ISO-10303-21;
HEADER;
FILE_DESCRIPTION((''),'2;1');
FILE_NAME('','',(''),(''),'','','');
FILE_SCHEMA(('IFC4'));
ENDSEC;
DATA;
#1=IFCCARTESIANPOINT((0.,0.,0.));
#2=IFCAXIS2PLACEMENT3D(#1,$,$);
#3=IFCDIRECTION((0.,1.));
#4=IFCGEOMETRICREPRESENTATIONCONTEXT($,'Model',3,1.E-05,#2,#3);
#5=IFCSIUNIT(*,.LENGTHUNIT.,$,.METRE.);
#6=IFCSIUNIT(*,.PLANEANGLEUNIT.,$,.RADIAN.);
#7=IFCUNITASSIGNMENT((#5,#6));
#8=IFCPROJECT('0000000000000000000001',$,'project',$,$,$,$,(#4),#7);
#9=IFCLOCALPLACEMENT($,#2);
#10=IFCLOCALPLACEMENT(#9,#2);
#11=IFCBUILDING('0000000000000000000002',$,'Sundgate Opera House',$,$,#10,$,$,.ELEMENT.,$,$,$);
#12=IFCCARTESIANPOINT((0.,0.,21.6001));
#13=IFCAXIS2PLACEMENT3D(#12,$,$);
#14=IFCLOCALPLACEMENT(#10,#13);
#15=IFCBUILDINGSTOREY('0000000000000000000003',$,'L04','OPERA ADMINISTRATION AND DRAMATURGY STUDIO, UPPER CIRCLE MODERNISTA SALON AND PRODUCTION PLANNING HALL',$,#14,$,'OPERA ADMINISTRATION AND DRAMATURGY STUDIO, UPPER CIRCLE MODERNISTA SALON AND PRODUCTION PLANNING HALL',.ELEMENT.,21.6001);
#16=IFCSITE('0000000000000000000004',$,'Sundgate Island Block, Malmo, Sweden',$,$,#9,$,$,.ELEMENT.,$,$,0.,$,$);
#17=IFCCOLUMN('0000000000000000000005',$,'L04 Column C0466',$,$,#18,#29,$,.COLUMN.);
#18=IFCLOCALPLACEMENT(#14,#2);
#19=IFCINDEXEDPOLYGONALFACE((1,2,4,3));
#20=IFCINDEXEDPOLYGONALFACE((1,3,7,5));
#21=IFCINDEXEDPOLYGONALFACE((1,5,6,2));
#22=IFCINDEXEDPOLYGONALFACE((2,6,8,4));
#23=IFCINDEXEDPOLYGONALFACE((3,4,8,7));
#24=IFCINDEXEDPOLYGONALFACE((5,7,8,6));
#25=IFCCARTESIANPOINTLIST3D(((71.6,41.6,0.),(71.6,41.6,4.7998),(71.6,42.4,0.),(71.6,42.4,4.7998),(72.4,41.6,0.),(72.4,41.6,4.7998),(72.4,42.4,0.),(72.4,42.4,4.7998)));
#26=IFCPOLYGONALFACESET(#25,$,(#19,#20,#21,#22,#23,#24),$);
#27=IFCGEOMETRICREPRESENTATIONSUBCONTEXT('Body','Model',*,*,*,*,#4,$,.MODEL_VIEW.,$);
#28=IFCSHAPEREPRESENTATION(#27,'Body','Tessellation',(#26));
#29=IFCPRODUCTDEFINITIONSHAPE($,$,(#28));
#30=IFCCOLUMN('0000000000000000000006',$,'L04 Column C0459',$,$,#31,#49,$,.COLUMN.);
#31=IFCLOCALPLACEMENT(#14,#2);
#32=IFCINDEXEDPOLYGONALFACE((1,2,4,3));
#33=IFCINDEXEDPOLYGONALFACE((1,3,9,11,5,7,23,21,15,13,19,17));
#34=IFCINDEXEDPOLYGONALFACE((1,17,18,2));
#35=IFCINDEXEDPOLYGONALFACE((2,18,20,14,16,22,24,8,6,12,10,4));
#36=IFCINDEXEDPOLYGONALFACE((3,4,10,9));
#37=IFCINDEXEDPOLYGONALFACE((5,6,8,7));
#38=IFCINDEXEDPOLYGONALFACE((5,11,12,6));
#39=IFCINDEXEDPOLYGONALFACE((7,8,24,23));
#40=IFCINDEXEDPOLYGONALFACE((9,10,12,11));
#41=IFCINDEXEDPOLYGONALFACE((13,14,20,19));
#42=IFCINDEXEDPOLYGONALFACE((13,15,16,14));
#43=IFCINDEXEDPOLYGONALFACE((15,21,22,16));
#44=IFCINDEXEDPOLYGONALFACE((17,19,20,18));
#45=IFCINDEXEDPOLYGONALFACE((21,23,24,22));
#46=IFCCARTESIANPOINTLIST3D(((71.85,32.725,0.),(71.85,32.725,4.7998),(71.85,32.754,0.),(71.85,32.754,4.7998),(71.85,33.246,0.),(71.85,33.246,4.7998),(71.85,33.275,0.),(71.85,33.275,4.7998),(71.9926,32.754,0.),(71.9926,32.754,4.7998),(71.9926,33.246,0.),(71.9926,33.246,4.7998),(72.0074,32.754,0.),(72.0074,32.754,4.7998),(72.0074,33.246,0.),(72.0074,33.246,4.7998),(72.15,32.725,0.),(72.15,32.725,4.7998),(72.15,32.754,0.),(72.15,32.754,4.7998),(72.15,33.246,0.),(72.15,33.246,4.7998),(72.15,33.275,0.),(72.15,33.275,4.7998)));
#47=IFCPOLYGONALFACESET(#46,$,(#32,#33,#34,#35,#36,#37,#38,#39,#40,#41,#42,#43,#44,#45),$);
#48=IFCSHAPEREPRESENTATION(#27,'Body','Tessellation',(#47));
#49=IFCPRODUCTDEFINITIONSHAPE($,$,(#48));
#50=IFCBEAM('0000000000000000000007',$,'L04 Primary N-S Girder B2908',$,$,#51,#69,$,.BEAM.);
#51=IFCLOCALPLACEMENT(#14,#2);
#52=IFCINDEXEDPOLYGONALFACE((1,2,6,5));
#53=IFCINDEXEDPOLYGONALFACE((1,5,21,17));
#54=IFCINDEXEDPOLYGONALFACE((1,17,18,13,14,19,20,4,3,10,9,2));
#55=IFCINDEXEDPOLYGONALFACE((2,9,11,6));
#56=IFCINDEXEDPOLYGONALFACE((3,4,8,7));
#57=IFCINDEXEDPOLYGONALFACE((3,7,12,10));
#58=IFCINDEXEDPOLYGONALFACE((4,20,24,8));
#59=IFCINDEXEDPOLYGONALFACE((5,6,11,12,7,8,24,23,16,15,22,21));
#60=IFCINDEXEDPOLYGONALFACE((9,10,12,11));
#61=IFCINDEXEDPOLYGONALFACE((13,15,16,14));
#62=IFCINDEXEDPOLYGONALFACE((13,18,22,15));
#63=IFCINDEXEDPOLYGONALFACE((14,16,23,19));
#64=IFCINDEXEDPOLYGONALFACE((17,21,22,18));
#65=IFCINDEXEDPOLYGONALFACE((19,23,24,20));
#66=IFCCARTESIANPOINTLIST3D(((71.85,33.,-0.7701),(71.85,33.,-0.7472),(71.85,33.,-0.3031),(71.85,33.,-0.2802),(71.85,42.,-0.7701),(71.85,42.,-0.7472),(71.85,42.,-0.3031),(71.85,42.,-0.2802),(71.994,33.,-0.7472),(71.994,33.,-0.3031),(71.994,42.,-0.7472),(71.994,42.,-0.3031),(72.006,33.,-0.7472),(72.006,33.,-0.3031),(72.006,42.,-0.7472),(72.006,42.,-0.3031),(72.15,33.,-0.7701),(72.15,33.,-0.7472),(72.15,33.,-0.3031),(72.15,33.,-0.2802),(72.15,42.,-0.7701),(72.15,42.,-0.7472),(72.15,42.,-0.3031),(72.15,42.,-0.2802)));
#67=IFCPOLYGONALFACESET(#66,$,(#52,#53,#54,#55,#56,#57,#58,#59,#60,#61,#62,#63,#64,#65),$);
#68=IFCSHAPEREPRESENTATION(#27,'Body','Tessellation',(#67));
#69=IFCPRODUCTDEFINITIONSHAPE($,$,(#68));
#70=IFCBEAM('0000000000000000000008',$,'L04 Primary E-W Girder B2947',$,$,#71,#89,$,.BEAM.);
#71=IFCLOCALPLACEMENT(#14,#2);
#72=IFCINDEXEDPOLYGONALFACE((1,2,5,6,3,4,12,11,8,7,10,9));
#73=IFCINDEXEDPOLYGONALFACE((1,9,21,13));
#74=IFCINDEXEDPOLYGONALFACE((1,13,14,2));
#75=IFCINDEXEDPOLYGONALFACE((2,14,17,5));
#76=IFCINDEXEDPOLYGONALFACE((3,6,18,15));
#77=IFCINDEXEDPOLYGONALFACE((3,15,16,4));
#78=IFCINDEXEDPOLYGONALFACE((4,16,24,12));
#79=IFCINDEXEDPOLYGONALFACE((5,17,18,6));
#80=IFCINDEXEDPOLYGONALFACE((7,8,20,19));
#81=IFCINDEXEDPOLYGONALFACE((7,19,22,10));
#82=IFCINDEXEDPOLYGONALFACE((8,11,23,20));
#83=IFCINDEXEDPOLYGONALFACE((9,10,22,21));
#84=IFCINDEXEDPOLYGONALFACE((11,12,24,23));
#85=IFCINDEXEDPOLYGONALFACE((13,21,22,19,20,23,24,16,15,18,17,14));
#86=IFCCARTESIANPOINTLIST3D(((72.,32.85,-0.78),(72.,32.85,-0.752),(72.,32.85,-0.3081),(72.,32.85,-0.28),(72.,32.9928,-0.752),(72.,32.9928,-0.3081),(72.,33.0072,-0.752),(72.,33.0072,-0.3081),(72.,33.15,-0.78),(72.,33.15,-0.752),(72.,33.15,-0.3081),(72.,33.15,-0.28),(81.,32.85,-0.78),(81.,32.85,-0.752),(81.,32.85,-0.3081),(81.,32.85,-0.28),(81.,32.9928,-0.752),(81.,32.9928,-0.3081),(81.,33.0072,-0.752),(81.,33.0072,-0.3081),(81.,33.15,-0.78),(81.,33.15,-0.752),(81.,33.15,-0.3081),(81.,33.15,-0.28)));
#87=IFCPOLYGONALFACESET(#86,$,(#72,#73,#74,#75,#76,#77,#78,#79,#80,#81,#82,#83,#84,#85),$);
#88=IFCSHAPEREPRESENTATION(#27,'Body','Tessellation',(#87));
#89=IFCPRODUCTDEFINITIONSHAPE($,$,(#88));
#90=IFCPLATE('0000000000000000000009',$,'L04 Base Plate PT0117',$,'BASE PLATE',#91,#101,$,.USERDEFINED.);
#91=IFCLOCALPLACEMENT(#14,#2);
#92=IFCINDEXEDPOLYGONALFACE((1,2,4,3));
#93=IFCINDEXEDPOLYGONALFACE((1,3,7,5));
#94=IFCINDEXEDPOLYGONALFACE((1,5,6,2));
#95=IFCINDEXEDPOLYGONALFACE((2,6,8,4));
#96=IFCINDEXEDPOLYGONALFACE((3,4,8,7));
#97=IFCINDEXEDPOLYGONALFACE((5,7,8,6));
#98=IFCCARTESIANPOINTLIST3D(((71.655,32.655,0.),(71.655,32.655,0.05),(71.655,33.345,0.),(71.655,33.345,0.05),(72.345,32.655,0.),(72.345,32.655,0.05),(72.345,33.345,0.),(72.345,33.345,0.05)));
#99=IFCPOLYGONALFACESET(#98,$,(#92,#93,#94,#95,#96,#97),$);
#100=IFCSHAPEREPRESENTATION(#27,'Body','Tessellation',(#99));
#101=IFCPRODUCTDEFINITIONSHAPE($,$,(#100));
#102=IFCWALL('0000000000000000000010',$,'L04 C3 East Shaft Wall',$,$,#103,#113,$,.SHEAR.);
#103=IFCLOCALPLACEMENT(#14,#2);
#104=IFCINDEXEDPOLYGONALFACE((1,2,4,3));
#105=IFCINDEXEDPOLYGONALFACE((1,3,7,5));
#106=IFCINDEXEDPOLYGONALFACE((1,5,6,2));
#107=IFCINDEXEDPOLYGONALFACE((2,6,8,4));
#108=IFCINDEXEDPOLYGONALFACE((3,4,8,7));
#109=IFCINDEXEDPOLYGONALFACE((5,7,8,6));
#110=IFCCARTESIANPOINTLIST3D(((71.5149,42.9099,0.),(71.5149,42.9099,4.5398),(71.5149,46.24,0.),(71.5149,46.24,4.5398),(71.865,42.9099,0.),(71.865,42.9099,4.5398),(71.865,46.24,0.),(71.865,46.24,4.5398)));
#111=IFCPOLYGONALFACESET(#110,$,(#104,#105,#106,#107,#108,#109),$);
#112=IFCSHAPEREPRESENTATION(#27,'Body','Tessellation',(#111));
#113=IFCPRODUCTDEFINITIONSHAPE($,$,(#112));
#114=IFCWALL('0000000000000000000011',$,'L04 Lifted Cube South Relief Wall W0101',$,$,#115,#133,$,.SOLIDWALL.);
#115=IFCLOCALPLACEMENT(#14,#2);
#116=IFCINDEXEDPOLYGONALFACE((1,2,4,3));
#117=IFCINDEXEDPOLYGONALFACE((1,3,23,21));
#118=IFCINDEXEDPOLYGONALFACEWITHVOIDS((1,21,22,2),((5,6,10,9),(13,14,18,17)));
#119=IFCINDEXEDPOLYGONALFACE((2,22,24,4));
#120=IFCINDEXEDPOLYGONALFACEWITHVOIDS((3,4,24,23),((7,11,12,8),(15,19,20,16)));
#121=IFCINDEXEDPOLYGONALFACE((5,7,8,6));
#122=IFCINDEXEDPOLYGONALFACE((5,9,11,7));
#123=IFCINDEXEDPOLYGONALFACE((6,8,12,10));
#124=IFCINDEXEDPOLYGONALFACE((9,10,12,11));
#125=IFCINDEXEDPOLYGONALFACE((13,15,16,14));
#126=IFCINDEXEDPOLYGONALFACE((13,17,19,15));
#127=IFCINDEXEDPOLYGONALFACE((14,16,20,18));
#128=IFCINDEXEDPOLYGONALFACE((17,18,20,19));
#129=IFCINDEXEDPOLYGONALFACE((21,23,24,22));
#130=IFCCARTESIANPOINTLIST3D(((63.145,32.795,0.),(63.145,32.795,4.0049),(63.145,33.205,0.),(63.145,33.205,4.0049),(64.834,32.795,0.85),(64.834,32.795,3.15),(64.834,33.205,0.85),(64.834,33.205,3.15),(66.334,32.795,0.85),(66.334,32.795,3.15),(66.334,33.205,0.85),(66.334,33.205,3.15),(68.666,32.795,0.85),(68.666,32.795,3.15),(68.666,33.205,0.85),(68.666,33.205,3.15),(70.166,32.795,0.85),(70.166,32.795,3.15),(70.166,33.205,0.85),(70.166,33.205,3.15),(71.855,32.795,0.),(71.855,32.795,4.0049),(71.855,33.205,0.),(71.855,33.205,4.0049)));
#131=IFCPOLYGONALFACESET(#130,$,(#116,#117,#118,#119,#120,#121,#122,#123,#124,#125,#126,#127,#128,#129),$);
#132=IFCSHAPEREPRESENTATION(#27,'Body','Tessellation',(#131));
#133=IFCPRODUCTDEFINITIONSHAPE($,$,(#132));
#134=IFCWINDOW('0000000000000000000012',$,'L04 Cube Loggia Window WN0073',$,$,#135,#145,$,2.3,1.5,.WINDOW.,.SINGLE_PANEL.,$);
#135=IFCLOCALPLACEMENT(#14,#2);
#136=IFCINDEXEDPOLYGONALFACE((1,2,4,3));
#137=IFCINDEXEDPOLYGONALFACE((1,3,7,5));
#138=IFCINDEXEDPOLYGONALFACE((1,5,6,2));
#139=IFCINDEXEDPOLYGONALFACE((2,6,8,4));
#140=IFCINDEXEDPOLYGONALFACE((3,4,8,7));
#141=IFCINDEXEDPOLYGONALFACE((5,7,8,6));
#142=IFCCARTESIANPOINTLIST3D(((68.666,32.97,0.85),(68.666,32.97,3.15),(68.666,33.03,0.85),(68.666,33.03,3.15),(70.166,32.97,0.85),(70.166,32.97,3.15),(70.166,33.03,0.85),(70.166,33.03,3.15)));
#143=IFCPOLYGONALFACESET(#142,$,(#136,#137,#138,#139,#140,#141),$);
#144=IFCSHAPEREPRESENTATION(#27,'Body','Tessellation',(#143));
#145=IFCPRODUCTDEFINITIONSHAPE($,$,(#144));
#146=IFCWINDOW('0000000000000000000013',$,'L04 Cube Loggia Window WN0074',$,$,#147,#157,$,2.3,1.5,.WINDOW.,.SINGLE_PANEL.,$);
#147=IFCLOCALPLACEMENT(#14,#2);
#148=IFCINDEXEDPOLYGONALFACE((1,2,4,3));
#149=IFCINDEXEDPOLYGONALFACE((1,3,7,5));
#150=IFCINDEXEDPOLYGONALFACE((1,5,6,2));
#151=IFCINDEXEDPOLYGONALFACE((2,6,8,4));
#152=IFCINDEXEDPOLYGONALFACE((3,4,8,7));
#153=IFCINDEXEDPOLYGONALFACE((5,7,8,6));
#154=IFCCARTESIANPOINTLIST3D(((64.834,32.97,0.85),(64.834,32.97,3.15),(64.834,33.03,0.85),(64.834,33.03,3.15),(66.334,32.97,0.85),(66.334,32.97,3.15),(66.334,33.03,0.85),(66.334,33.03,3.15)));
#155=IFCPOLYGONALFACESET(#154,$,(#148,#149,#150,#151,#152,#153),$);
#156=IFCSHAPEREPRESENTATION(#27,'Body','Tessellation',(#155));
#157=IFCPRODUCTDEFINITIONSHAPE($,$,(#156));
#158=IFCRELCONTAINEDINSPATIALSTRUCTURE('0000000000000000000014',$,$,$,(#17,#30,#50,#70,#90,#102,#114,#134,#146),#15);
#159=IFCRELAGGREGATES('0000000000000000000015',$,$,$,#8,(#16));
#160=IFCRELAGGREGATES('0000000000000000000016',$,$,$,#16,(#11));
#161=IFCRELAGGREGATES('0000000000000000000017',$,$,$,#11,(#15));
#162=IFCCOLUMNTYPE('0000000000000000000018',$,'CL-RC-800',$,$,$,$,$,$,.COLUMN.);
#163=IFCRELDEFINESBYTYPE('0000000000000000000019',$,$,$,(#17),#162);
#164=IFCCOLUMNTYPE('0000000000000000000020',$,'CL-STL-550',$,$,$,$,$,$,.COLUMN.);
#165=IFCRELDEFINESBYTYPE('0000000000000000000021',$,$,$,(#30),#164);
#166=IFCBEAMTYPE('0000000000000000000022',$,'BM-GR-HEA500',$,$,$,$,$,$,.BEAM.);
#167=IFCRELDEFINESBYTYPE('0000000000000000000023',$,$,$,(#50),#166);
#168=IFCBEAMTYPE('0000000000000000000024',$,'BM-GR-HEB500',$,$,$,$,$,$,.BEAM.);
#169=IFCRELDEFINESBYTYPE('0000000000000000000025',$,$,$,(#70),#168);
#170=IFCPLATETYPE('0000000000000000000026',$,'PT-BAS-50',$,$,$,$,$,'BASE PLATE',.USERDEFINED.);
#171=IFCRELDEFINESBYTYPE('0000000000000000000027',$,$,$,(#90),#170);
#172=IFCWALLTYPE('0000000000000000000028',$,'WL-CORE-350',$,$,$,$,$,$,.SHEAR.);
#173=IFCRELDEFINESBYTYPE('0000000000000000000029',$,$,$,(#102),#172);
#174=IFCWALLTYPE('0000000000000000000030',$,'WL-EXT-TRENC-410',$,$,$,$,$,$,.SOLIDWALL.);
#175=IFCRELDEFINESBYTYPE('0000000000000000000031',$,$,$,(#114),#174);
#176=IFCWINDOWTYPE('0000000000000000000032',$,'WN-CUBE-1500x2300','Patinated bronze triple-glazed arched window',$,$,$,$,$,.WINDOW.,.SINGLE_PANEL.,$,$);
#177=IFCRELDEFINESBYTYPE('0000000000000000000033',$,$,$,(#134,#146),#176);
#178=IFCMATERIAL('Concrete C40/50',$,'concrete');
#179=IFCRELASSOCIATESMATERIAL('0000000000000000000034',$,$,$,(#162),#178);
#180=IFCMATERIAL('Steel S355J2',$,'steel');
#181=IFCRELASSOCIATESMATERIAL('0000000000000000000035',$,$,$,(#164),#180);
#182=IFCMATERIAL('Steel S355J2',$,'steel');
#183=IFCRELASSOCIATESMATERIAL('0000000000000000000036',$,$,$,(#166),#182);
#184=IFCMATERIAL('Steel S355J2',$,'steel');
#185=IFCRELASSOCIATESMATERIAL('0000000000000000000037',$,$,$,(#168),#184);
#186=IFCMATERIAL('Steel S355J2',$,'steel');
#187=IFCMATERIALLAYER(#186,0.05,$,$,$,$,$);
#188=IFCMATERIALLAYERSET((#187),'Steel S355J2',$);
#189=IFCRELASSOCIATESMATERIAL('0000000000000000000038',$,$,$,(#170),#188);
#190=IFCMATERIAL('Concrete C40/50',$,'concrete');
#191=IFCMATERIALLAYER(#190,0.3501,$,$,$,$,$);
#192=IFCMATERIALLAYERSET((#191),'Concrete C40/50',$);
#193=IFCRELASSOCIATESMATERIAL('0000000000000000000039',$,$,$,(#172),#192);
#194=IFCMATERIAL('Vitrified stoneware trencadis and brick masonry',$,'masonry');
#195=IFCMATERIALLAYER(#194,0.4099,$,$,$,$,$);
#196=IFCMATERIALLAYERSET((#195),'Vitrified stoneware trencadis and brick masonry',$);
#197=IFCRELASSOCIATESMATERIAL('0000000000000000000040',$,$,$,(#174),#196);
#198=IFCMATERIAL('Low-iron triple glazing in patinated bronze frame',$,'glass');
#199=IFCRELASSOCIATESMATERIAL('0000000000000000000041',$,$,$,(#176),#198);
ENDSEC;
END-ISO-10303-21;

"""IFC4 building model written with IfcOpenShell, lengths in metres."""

from ifc_helpers import new_model, si_unit, direction, frame, frame_2d, origin, origin_2d, place, context, subcontext, project, spatial, rectangle, i_section, extrude, material, layer, layer_set, material_profile, profile_set, type_object, element, fill, save


model = new_model("IFC4")

# Units and contexts
model_context = context("Model", 3, precision=1e-05, world=origin(), true_north=direction((0.0, 1.0)))
body_context = subcontext(model_context, "Body", "Model", "MODEL_VIEW")
ifc_project = project(units=[si_unit("LENGTHUNIT", "METRE"), si_unit("PLANEANGLEUNIT", "RADIAN")], contexts=[model_context])

# Site, building, storey
site_placement = place(None, origin())
site = spatial("IfcSite", under=ifc_project, at=site_placement, Name="Sundgate Island Block, Malmo, Sweden", CompositionType="ELEMENT", RefElevation=0.0)
building_placement = place(site_placement, origin())
building = spatial("IfcBuilding", under=site, at=building_placement, Name="Sundgate Opera House", CompositionType="ELEMENT")
storey_placement = place(building_placement, frame((0.0, 0.0, 21.6001)))
storey = spatial("IfcBuildingStorey", under=building, at=storey_placement, Name="L04", Description="OPERA ADMINISTRATION AND DRAMATURGY STUDIO, UPPER CIRCLE MODERNISTA SALON AND PRODUCTION PLANNING HALL", LongName="OPERA ADMINISTRATION AND DRAMATURGY STUDIO, UPPER CIRCLE MODERNISTA SALON AND PRODUCTION PLANNING HALL", CompositionType="ELEMENT", Elevation=21.6001)

# Columns
ifc_material_1 = material(Name="Concrete C40/50", Category="concrete")
ifc_material_profile_1 = material_profile(ifc_material_1, rectangle(XDim=0.8, YDim=0.8, at=origin_2d()), Name="RC 800x800")
ifc_profile_set_1 = profile_set([ifc_material_profile_1], Name="Concrete C40/50")
column_type_1 = type_object("IfcColumnType", Name="CL-RC-800", PredefinedType="COLUMN", material=ifc_profile_set_1)
column_1_placement = place(storey_placement, frame((72.0, 42.0, 0.0), z_axis=(0.0, 0.0, 1.0), x_axis=(1.0, 0.0, 0.0)))
element("IfcColumn", 1, at=column_1_placement, inside=storey, type_object=column_type_1, Name="L04 Column C0466", PredefinedType="COLUMN", context=body_context, shape_type="SweptSolid", body=[
    extrude(rectangle(XDim=0.8, YDim=0.8, at=origin_2d()), origin(), (0.0, 0.0, 1.0), 4.7998),
])
ifc_material_2 = material(Name="Steel S355J2", Category="steel")
ifc_material_profile_2 = material_profile(ifc_material_2, i_section(OverallWidth=0.3, OverallDepth=0.55, WebThickness=0.0149, FlangeThickness=0.0291, at=origin_2d()), Name="HEB 550")
ifc_profile_set_2 = profile_set([ifc_material_profile_2], Name="Steel S355J2")
column_type_2 = type_object("IfcColumnType", Name="CL-STL-550", PredefinedType="COLUMN", material=ifc_profile_set_2)
column_2_placement = place(storey_placement, frame((72.0, 33.0, 0.0), z_axis=(0.0, 0.0, 1.0), x_axis=(1.0, 0.0, 0.0)))
element("IfcColumn", 2, at=column_2_placement, inside=storey, type_object=column_type_2, Name="L04 Column C0459", PredefinedType="COLUMN", context=body_context, shape_type="SweptSolid", body=[
    extrude(i_section(OverallWidth=0.3, OverallDepth=0.55, WebThickness=0.0149, FlangeThickness=0.0291, at=origin_2d()), origin(), (0.0, 0.0, 1.0), 4.7998),
])

# Beams
ifc_material_3 = material(Name="Steel S355J2", Category="steel")
ifc_material_profile_3 = material_profile(ifc_material_3, i_section(OverallWidth=0.3, OverallDepth=0.49, WebThickness=0.012, FlangeThickness=0.0229, at=origin_2d()), Name="HEA 500")
ifc_profile_set_3 = profile_set([ifc_material_profile_3], Name="Steel S355J2")
beam_type_1 = type_object("IfcBeamType", Name="BM-GR-HEA500", PredefinedType="BEAM", material=ifc_profile_set_3)
beam_1_placement = place(storey_placement, frame((72.0, 33.0, -0.5251), z_axis=(0.0, 1.0, 0.0), x_axis=(-1.0, 0.0, 0.0)))
element("IfcBeam", 3, at=beam_1_placement, inside=storey, type_object=beam_type_1, Name="L04 Primary N-S Girder B2908", PredefinedType="BEAM", context=body_context, shape_type="SweptSolid", body=[
    extrude(i_section(OverallWidth=0.3, OverallDepth=0.49, WebThickness=0.012, FlangeThickness=0.0229, at=origin_2d()), origin(), (0.0, 0.0, 1.0), 9.0),
])
ifc_material_4 = material(Name="Steel S355J2", Category="steel")
ifc_material_profile_4 = material_profile(ifc_material_4, i_section(OverallWidth=0.3, OverallDepth=0.5, WebThickness=0.0144, FlangeThickness=0.0281, at=origin_2d()), Name="HEB 500")
ifc_profile_set_4 = profile_set([ifc_material_profile_4], Name="Steel S355J2")
beam_type_2 = type_object("IfcBeamType", Name="BM-GR-HEB500", PredefinedType="BEAM", material=ifc_profile_set_4)
beam_2_placement = place(storey_placement, frame((72.0, 33.0, -0.53), z_axis=(1.0, 0.0, 0.0), x_axis=(0.0, 1.0, 0.0)))
element("IfcBeam", 4, at=beam_2_placement, inside=storey, type_object=beam_type_2, Name="L04 Primary E-W Girder B2947", PredefinedType="BEAM", context=body_context, shape_type="SweptSolid", body=[
    extrude(i_section(OverallWidth=0.3, OverallDepth=0.5, WebThickness=0.0144, FlangeThickness=0.0281, at=origin_2d()), origin(), (0.0, 0.0, 1.0), 9.0),
])

# Plate
ifc_material_5 = material(Name="Steel S355J2", Category="steel")
ifc_layer_1 = layer(ifc_material_5, 0.05)
ifc_layer_set_1 = layer_set([ifc_layer_1], Name="Steel S355J2")
plate_type = type_object("IfcPlateType", Name="PT-BAS-50", ElementType="BASE PLATE", PredefinedType="USERDEFINED", material=ifc_layer_set_1)
plate_placement = place(storey_placement, frame((72.0, 33.0, 0.0), z_axis=(0.0, 0.0, 1.0), x_axis=(1.0, 0.0, 0.0)))
element("IfcPlate", 5, at=plate_placement, inside=storey, type_object=plate_type, Name="L04 Base Plate PT0117", ObjectType="BASE PLATE", PredefinedType="USERDEFINED", context=body_context, shape_type="SweptSolid", body=[
    extrude(rectangle(XDim=0.6899, YDim=0.6899, at=origin_2d()), origin(), (0.0, 0.0, 1.0), 0.05),
])

# Wall
ifc_material_6 = material(Name="Concrete C40/50", Category="concrete")
ifc_layer_2 = layer(ifc_material_6, 0.3501)
ifc_layer_set_2 = layer_set([ifc_layer_2], Name="Concrete C40/50")
wall_type_1 = type_object("IfcWallType", Name="WL-CORE-350", PredefinedType="SHEAR", material=ifc_layer_set_2)
wall_1_placement = place(storey_placement, frame((71.6899, 42.9099, 0.0), z_axis=(0.0, 0.0, 1.0), x_axis=(0.0, 1.0, 0.0)))
element("IfcWall", 6, at=wall_1_placement, inside=storey, type_object=wall_type_1, Name="L04 C3 East Shaft Wall", PredefinedType="SHEAR", context=body_context, shape_type="SweptSolid", body=[
    extrude(rectangle(XDim=3.3301, YDim=0.3501, at=frame_2d((1.665, 0.0))), origin(), (0.0, 0.0, 1.0), 4.5398),
])

# Wall, openings, windows
ifc_material_7 = material(Name="Vitrified stoneware trencadis and brick masonry", Category="masonry")
ifc_layer_3 = layer(ifc_material_7, 0.4099)
ifc_layer_set_3 = layer_set([ifc_layer_3], Name="Vitrified stoneware trencadis and brick masonry")
wall_type_2 = type_object("IfcWallType", Name="WL-EXT-TRENC-410", PredefinedType="SOLIDWALL", material=ifc_layer_set_3)
wall_2_placement = place(storey_placement, frame((71.855, 33.0, 0.0), z_axis=(0.0, 0.0, 1.0), x_axis=(-1.0, 0.0, 0.0)))
wall_2 = element("IfcWall", 7, at=wall_2_placement, inside=storey, type_object=wall_type_2, Name="L04 Lifted Cube South Relief Wall W0101", PredefinedType="SOLIDWALL", context=body_context, shape_type="SweptSolid", body=[
    extrude(rectangle(XDim=8.71, YDim=0.4099, at=frame_2d((4.355, 0.0))), origin(), (0.0, 0.0, 1.0), 4.0049),
])
opening_1_placement = place(wall_2_placement, frame((1.689, 0.0, 0.8501)))
opening_1 = element("IfcOpeningElement", 8, at=opening_1_placement, cuts=wall_2, PredefinedType="OPENING", context=body_context, shape_type="SweptSolid", body=[
    extrude(rectangle(XDim=1.5, YDim=2.3, at=frame_2d((0.75, 1.1499))), frame((0.0, 0.2148, 0.0), z_axis=(0.0, -1.0, 0.0), x_axis=(1.0, 0.0, 0.0)), (0.0, 0.0, 1.0), 0.4299),
])
opening_2_placement = place(wall_2_placement, frame((5.521, 0.0, 0.8501)))
opening_2 = element("IfcOpeningElement", 9, at=opening_2_placement, cuts=wall_2, PredefinedType="OPENING", context=body_context, shape_type="SweptSolid", body=[
    extrude(rectangle(XDim=1.5, YDim=2.3, at=frame_2d((0.75, 1.1499))), frame((0.0, 0.2148, 0.0), z_axis=(0.0, -1.0, 0.0), x_axis=(1.0, 0.0, 0.0)), (0.0, 0.0, 1.0), 0.4299),
])
ifc_material_8 = material(Name="Low-iron triple glazing in patinated bronze frame", Category="glass")
window_type = type_object("IfcWindowType", Name="WN-CUBE-1500x2300", Description="Patinated bronze triple-glazed arched window", PartitioningType="SINGLE_PANEL", PredefinedType="WINDOW", material=ifc_material_8)
window_1_placement = place(opening_1_placement, origin())
window_1 = element("IfcWindow", 10, at=window_1_placement, inside=storey, type_object=window_type, Name="L04 Cube Loggia Window WN0073", OverallHeight=2.3, OverallWidth=1.5, PartitioningType="SINGLE_PANEL", PredefinedType="WINDOW", context=body_context, shape_type="SweptSolid", body=[
    extrude(rectangle(XDim=1.5, YDim=2.3, at=frame_2d((0.75, 1.1499))), frame((0.0, 0.03, 0.0), z_axis=(0.0, -1.0, 0.0), x_axis=(1.0, 0.0, 0.0)), (0.0, 0.0, 1.0), 0.0601),
])
fill(opening_1, window_1)
window_2_placement = place(opening_2_placement, origin())
window_2 = element("IfcWindow", 11, at=window_2_placement, inside=storey, type_object=window_type, Name="L04 Cube Loggia Window WN0074", OverallHeight=2.3, OverallWidth=1.5, PartitioningType="SINGLE_PANEL", PredefinedType="WINDOW", context=body_context, shape_type="SweptSolid", body=[
    extrude(rectangle(XDim=1.5, YDim=2.3, at=frame_2d((0.75, 1.1499))), frame((0.0, 0.03, 0.0), z_axis=(0.0, -1.0, 0.0), x_axis=(1.0, 0.0, 0.0)), (0.0, 0.0, 1.0), 0.0601),
])
fill(opening_2, window_2)

save(model, "model.ifc")
